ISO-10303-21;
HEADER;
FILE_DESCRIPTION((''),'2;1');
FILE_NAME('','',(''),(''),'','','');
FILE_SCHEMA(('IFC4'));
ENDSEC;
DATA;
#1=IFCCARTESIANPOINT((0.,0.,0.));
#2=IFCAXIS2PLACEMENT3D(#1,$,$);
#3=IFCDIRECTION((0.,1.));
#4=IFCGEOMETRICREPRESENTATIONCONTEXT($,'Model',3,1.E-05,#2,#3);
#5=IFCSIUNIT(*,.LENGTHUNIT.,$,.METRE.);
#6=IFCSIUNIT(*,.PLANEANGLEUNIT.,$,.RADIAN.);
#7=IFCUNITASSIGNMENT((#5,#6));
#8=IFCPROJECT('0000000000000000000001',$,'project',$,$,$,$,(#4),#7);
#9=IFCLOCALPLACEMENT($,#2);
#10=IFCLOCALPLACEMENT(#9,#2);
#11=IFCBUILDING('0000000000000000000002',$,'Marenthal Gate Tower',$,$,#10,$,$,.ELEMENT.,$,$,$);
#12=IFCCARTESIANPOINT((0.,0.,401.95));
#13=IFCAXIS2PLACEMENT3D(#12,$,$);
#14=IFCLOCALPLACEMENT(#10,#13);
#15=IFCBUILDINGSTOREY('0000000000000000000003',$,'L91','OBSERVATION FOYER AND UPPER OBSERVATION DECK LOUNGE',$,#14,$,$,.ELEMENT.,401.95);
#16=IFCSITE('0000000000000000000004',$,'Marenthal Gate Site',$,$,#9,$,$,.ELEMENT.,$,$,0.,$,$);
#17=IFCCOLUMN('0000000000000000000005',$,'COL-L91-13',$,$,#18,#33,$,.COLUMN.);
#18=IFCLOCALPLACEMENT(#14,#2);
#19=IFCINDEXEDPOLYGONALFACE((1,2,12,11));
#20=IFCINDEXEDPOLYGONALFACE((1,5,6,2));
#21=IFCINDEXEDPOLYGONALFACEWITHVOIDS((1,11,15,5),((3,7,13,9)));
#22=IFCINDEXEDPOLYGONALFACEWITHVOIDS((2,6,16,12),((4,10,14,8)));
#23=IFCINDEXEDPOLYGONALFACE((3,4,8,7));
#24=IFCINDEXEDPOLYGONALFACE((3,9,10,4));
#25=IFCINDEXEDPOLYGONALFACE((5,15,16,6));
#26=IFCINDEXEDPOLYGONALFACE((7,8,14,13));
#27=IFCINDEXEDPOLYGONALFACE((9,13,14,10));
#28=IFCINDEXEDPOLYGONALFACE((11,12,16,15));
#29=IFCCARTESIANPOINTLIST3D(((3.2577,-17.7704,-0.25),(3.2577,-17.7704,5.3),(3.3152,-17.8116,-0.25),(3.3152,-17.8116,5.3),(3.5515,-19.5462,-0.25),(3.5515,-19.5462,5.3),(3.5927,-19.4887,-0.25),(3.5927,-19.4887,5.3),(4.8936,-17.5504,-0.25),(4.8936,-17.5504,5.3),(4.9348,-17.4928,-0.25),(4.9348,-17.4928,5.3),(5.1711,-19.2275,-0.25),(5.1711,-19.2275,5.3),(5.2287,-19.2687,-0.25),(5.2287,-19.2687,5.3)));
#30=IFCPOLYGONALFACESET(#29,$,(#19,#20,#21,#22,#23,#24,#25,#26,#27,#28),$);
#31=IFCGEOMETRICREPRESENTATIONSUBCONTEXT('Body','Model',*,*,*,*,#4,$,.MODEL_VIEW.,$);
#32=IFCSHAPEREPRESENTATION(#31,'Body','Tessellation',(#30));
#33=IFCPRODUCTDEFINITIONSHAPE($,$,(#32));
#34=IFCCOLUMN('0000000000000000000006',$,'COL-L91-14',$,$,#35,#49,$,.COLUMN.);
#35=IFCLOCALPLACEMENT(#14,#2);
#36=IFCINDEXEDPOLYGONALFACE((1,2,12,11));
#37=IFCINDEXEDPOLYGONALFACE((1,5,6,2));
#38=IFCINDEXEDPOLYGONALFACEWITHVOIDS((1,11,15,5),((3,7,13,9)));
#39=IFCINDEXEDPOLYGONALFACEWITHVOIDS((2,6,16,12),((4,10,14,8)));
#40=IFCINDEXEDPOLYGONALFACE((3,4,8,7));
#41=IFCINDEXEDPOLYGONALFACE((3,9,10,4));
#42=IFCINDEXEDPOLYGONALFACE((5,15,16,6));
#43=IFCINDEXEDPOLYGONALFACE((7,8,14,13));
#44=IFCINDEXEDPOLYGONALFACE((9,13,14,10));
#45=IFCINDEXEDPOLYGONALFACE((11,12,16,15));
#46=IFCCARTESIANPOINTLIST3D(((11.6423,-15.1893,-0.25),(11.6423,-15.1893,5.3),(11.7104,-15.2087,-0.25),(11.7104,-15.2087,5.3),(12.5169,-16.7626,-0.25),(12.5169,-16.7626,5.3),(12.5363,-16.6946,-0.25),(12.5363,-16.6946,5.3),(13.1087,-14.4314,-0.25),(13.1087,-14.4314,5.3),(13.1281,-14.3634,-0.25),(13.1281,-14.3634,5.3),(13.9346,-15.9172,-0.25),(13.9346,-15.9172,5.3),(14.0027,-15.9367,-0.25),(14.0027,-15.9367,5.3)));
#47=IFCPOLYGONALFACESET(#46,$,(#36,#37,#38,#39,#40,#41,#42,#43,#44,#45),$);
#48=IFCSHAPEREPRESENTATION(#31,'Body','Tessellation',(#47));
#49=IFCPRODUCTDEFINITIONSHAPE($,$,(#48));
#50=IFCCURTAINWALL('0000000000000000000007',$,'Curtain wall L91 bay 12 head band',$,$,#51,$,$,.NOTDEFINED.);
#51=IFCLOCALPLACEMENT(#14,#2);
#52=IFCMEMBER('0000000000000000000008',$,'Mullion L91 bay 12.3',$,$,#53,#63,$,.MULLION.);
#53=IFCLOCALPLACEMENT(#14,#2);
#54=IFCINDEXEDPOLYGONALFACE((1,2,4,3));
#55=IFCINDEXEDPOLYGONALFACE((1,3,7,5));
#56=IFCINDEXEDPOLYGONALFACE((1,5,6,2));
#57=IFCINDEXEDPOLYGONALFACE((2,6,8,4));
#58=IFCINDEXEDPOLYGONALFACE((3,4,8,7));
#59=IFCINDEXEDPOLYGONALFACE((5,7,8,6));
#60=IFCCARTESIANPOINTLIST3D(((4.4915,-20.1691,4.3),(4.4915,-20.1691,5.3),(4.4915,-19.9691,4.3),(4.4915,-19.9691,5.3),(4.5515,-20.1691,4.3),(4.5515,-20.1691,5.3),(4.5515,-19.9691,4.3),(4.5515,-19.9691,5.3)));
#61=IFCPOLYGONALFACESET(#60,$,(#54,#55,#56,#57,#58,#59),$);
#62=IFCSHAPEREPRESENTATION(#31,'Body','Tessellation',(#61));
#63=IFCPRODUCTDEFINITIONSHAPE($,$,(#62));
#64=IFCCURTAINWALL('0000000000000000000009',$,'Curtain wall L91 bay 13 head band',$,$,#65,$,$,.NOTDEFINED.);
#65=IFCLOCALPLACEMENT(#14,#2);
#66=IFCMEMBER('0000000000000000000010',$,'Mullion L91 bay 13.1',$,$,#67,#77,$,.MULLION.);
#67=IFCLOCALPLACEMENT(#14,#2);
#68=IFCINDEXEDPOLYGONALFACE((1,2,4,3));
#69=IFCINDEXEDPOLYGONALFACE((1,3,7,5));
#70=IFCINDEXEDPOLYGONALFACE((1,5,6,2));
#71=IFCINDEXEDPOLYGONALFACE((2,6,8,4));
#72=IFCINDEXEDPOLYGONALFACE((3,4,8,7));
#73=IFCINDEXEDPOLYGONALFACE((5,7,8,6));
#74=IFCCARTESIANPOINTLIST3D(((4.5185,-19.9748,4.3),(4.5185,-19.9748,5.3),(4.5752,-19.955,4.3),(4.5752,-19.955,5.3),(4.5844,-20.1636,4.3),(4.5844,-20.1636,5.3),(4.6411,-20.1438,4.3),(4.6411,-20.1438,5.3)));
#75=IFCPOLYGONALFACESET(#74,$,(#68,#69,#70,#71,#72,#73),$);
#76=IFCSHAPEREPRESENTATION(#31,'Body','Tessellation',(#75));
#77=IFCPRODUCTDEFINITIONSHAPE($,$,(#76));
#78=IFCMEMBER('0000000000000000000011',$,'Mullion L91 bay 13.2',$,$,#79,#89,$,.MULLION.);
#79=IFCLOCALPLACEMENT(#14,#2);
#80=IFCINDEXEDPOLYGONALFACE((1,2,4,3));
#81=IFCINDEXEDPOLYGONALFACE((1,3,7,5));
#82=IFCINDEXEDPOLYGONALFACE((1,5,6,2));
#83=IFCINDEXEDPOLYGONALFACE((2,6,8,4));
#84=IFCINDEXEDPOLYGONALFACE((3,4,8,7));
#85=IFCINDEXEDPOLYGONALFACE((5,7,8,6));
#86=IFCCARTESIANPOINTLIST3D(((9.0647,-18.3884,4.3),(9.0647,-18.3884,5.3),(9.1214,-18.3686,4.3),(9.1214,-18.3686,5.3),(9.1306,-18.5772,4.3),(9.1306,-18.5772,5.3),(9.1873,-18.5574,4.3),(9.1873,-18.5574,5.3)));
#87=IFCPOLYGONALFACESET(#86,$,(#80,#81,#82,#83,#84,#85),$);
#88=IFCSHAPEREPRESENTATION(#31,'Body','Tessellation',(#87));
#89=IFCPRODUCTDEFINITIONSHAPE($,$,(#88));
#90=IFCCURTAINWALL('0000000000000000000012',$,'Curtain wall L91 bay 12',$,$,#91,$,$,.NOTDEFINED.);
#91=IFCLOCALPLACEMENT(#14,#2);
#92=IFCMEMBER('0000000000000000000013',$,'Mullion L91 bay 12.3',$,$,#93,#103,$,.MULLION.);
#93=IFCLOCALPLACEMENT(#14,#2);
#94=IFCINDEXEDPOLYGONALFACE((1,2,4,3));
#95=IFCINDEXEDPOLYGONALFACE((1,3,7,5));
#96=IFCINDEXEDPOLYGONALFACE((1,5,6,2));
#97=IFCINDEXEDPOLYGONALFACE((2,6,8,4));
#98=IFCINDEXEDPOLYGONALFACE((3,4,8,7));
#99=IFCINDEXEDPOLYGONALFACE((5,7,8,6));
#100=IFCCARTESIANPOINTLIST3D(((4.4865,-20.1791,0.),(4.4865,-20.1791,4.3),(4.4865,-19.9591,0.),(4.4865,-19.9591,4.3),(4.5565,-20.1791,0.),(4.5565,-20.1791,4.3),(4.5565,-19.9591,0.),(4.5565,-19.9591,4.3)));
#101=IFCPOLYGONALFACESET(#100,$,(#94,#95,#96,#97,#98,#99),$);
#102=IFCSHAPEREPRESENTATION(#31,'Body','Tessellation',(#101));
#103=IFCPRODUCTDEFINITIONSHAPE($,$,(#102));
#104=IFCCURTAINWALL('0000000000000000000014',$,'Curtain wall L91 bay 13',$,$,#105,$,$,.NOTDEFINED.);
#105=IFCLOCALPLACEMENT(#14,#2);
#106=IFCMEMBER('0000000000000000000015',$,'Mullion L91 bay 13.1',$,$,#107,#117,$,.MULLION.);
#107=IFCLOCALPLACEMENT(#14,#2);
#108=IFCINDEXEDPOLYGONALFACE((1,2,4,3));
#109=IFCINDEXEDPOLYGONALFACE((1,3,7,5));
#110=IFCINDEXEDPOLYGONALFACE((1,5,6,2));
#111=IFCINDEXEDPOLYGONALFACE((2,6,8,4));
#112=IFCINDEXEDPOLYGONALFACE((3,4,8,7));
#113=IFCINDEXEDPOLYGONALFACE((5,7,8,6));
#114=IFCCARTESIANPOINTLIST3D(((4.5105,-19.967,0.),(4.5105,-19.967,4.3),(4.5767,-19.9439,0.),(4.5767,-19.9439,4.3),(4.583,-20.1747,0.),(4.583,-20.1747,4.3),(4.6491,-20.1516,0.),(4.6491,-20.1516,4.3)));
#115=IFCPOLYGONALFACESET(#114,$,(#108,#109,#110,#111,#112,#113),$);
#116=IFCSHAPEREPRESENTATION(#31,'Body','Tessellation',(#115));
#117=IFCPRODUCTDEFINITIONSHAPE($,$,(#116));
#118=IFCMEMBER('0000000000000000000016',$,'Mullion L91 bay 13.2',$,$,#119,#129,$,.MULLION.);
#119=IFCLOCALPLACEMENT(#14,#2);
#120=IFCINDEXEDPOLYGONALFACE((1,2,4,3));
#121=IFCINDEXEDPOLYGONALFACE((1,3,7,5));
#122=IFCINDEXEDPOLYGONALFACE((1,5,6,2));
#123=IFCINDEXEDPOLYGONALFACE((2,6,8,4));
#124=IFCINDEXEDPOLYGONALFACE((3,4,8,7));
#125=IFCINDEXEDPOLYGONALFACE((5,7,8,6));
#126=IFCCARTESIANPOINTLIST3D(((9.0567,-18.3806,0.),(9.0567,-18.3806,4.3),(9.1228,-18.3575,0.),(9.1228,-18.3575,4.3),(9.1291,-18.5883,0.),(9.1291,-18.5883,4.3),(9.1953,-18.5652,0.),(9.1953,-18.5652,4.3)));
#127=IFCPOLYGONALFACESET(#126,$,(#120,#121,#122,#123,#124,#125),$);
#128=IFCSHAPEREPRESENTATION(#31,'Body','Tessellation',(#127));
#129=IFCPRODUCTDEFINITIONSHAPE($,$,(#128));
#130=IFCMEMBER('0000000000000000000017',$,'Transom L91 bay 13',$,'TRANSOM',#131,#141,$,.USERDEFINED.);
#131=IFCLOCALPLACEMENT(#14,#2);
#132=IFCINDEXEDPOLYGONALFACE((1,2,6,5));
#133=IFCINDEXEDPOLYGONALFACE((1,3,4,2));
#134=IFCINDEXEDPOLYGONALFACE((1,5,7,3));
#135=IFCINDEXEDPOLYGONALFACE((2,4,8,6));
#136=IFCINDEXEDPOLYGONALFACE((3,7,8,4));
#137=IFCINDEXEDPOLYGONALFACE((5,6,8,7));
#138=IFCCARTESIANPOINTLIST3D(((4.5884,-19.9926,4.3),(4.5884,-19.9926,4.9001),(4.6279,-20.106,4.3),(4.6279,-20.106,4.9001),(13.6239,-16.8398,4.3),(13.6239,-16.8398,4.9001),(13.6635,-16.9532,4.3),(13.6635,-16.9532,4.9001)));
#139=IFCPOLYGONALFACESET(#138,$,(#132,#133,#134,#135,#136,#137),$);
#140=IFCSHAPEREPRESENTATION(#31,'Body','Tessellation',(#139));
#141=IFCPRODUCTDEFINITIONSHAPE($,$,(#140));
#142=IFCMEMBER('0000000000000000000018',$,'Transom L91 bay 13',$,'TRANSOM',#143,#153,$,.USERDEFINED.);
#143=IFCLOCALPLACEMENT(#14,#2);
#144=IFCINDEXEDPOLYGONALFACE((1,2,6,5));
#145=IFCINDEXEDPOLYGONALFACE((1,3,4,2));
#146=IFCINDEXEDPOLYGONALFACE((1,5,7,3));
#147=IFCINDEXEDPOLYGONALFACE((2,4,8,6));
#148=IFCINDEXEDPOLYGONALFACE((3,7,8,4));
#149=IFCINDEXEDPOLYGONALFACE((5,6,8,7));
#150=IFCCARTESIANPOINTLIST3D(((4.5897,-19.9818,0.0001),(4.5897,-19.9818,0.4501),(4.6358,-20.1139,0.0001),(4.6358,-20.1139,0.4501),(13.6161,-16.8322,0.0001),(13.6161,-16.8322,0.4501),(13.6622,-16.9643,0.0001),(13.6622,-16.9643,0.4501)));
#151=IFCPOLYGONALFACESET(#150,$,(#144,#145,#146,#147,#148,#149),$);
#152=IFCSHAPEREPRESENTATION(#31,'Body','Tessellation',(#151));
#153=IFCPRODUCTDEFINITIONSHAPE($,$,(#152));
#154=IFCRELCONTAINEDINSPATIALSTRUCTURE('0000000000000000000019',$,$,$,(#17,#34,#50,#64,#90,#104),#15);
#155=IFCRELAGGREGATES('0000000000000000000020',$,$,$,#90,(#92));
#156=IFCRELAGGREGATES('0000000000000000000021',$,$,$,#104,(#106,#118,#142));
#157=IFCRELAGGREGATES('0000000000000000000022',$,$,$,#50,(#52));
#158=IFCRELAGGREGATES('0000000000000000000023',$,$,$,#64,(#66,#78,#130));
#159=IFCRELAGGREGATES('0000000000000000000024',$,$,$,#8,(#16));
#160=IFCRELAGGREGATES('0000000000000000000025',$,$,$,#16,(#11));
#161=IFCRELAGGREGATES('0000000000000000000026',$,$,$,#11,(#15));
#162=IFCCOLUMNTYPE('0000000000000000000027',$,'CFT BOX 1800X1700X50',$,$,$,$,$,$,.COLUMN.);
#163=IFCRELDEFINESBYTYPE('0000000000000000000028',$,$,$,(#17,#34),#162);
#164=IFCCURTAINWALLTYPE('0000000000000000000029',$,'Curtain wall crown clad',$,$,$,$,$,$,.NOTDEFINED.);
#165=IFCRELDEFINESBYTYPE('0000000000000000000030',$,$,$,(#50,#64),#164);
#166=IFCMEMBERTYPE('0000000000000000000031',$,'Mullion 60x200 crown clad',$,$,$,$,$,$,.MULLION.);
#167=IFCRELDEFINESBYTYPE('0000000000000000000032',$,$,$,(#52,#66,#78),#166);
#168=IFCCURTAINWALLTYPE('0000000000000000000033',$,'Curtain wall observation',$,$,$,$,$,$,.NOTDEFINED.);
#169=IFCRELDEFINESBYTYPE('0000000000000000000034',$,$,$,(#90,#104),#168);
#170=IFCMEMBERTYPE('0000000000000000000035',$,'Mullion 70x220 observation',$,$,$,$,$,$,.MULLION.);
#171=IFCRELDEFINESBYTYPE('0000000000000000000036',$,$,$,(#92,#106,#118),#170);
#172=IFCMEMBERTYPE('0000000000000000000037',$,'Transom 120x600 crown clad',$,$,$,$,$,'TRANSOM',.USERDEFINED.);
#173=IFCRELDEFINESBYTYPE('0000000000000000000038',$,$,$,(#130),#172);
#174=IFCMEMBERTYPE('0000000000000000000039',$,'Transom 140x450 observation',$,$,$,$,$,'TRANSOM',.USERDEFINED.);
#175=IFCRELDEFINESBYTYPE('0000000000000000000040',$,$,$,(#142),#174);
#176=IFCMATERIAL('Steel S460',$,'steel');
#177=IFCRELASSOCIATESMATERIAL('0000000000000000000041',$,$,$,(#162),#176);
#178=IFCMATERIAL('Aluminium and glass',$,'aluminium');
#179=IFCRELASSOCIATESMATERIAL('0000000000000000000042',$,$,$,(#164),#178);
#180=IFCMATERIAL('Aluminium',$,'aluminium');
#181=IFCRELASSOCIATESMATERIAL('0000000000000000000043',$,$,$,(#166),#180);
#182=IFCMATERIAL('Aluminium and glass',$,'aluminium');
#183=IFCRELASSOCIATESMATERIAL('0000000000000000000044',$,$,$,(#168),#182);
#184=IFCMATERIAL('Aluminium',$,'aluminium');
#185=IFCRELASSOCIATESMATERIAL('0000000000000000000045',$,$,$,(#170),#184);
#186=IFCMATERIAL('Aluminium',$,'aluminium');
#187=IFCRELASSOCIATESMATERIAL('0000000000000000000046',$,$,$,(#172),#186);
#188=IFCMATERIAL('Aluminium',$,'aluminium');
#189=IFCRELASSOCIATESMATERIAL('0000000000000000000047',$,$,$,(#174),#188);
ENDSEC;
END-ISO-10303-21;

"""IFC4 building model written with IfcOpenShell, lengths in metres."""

from ifc_helpers import new_model, si_unit, direction, frame, origin, origin_2d, place, context, subcontext, project, spatial, rectangle, hollow_rectangle, extrude, material, material_profile, profile_set, type_object, element, aggregate, save


model = new_model("IFC4")

# Units and contexts
model_context = context("Model", 3, precision=1e-05, world=origin(), true_north=direction((0.0, 1.0)))
body_context = subcontext(model_context, "Body", "Model", "MODEL_VIEW")
ifc_project = project(units=[si_unit("LENGTHUNIT", "METRE"), si_unit("PLANEANGLEUNIT", "RADIAN")], contexts=[model_context])

# Site, building, storey
site_placement = place(None, origin())
site = spatial("IfcSite", under=ifc_project, at=site_placement, Name="Marenthal Gate Site", CompositionType="ELEMENT", RefElevation=0.0)
building_placement = place(site_placement, origin())
building = spatial("IfcBuilding", under=site, at=building_placement, Name="Marenthal Gate Tower", CompositionType="ELEMENT")
storey_placement = place(building_placement, frame((0.0, 0.0, 401.95)))
storey = spatial("IfcBuildingStorey", under=building, at=storey_placement, Name="L91", Description="OBSERVATION FOYER AND UPPER OBSERVATION DECK LOUNGE", CompositionType="ELEMENT", Elevation=401.95)

# Columns
ifc_material_1 = material(Name="Steel S460", Category="steel")
ifc_material_profile_1 = material_profile(ifc_material_1, hollow_rectangle(XDim=1.7, YDim=1.8, WallThickness=0.05, at=origin_2d()), Name="CFT BOX 1800X1700X50")
ifc_material_2 = material(Name="Concrete 70 MPa", Category="concrete")
ifc_material_profile_2 = material_profile(ifc_material_2, rectangle(XDim=1.6001, YDim=1.7, at=origin_2d()), Name="CFT BOX 1800X1700X50 INFILL")
ifc_profile_set_1 = profile_set([ifc_material_profile_1, ifc_material_profile_2], Name="Steel S460 shell, Concrete 70 MPa infill")
column_type = type_object("IfcColumnType", Name="CFT BOX 1800X1700X50", PredefinedType="COLUMN", material=ifc_profile_set_1)
for number, where, z_axis, x_axis, name in (
    (1, (4.2432, -18.5195, -0.25), (0.0, 0.0, 1.0), (-0.986583, -0.163262, 0.0), "COL-L91-13"),
    (2, (12.8225, -15.563, -0.25), (0.0, 0.0, 1.0), (-0.874037, -0.48586, 0.0), "COL-L91-14"),
):
    element("IfcColumn", number, at=place(storey_placement, frame(where, z_axis=z_axis, x_axis=x_axis)), inside=storey, type_object=column_type, Name=name, PredefinedType="COLUMN", context=body_context, shape_type="SweptSolid", body=[
        extrude(hollow_rectangle(XDim=1.7, YDim=1.8, WallThickness=0.05, at=origin_2d()), origin(), (0.0, 0.0, 1.0), 5.55),
    ])

# Curtain wall, member
ifc_material_3 = material(Name="Aluminium and glass", Category="aluminium")
curtain_wall_type_1 = type_object("IfcCurtainWallType", Name="Curtain wall crown clad", PredefinedType="NOTDEFINED", material=ifc_material_3)
curtain_wall_1_placement = place(storey_placement, origin())
curtain_wall_1 = element("IfcCurtainWall", 3, at=curtain_wall_1_placement, inside=storey, type_object=curtain_wall_type_1, Name="Curtain wall L91 bay 12 head band", PredefinedType="NOTDEFINED")
ifc_material_4 = material(Name="Aluminium", Category="aluminium")
ifc_material_profile_3 = material_profile(ifc_material_4, rectangle(XDim=0.2, YDim=0.0601, at=origin_2d()), Name="60x200 aluminium mullion")
ifc_profile_set_2 = profile_set([ifc_material_profile_3], Name="Aluminium")
member_type_1 = type_object("IfcMemberType", Name="Mullion 60x200 crown clad", PredefinedType="MULLION", material=ifc_profile_set_2)
member_1_placement = place(storey_placement, frame((4.5215, -20.0691, 4.3), z_axis=(0.0, 0.0, 1.0), x_axis=(0.0, 1.0, 0.0)))
member_1 = element("IfcMember", 4, at=member_1_placement, type_object=member_type_1, Name="Mullion L91 bay 12.3", PredefinedType="MULLION", context=body_context, shape_type="SweptSolid", body=[
    extrude(rectangle(XDim=0.2, YDim=0.0601, at=origin_2d()), origin(), (0.0, 0.0, 1.0), 1.0),
])

# Curtain wall, members
curtain_wall_2_placement = place(storey_placement, origin())
curtain_wall_2 = element("IfcCurtainWall", 5, at=curtain_wall_2_placement, inside=storey, type_object=curtain_wall_type_1, Name="Curtain wall L91 bay 13 head band", PredefinedType="NOTDEFINED")
member_2_placement = place(storey_placement, frame((4.5798, -20.0593, 4.3), z_axis=(0.0, 0.0, 1.0), x_axis=(-0.329454, 0.944172, 0.0)))
member_2 = element("IfcMember", 6, at=member_2_placement, type_object=member_type_1, Name="Mullion L91 bay 13.1", PredefinedType="MULLION", context=body_context, shape_type="SweptSolid", body=[
    extrude(rectangle(XDim=0.2, YDim=0.0601, at=origin_2d()), origin(), (0.0, 0.0, 1.0), 1.0),
])
member_3_placement = place(storey_placement, frame((9.126, -18.4729, 4.3), z_axis=(0.0, 0.0, 1.0), x_axis=(-0.329454, 0.944172, 0.0)))
member_3 = element("IfcMember", 7, at=member_3_placement, type_object=member_type_1, Name="Mullion L91 bay 13.2", PredefinedType="MULLION", context=body_context, shape_type="SweptSolid", body=[
    extrude(rectangle(XDim=0.2, YDim=0.0601, at=origin_2d()), origin(), (0.0, 0.0, 1.0), 1.0),
])

# Curtain wall, member
ifc_material_5 = material(Name="Aluminium and glass", Category="aluminium")
curtain_wall_type_2 = type_object("IfcCurtainWallType", Name="Curtain wall observation", PredefinedType="NOTDEFINED", material=ifc_material_5)
curtain_wall_3_placement = place(storey_placement, origin())
curtain_wall_3 = element("IfcCurtainWall", 8, at=curtain_wall_3_placement, inside=storey, type_object=curtain_wall_type_2, Name="Curtain wall L91 bay 12", PredefinedType="NOTDEFINED")
ifc_material_6 = material(Name="Aluminium", Category="aluminium")
ifc_material_profile_4 = material_profile(ifc_material_6, rectangle(XDim=0.22, YDim=0.0701, at=origin_2d()), Name="70x220 aluminium mullion")
ifc_profile_set_3 = profile_set([ifc_material_profile_4], Name="Aluminium")
member_type_2 = type_object("IfcMemberType", Name="Mullion 70x220 observation", PredefinedType="MULLION", material=ifc_profile_set_3)
member_4_placement = place(storey_placement, frame((4.5215, -20.0691, 0.0), z_axis=(0.0, 0.0, 1.0), x_axis=(0.0, 1.0, 0.0)))
member_4 = element("IfcMember", 9, at=member_4_placement, type_object=member_type_2, Name="Mullion L91 bay 12.3", PredefinedType="MULLION", context=body_context, shape_type="SweptSolid", body=[
    extrude(rectangle(XDim=0.22, YDim=0.0701, at=origin_2d()), origin(), (0.0, 0.0, 1.0), 4.3),
])

# Curtain wall, members
curtain_wall_4_placement = place(storey_placement, origin())
curtain_wall_4 = element("IfcCurtainWall", 10, at=curtain_wall_4_placement, inside=storey, type_object=curtain_wall_type_2, Name="Curtain wall L91 bay 13", PredefinedType="NOTDEFINED")
member_5_placement = place(storey_placement, frame((4.5798, -20.0593, 0.0), z_axis=(0.0, 0.0, 1.0), x_axis=(-0.329454, 0.944172, 0.0)))
member_5 = element("IfcMember", 11, at=member_5_placement, type_object=member_type_2, Name="Mullion L91 bay 13.1", PredefinedType="MULLION", context=body_context, shape_type="SweptSolid", body=[
    extrude(rectangle(XDim=0.22, YDim=0.0701, at=origin_2d()), origin(), (0.0, 0.0, 1.0), 4.3),
])
member_6_placement = place(storey_placement, frame((9.126, -18.4729, 0.0), z_axis=(0.0, 0.0, 1.0), x_axis=(-0.329454, 0.944172, 0.0)))
member_6 = element("IfcMember", 12, at=member_6_placement, type_object=member_type_2, Name="Mullion L91 bay 13.2", PredefinedType="MULLION", context=body_context, shape_type="SweptSolid", body=[
    extrude(rectangle(XDim=0.22, YDim=0.0701, at=origin_2d()), origin(), (0.0, 0.0, 1.0), 4.3),
])

# Members
ifc_material_7 = material(Name="Aluminium", Category="aluminium")
ifc_material_profile_5 = material_profile(ifc_material_7, rectangle(XDim=0.1201, YDim=0.6001, at=origin_2d()), Name="120x600 aluminium transom")
ifc_profile_set_4 = profile_set([ifc_material_profile_5], Name="Aluminium")
member_type_3 = type_object("IfcMemberType", Name="Transom 120x600 crown clad", ElementType="TRANSOM", PredefinedType="USERDEFINED", material=ifc_profile_set_4)
member_7_placement = place(storey_placement, frame((4.6082, -20.0493, 4.6001), z_axis=(0.944172, 0.329453, 0.0), x_axis=(-0.329453, 0.944172, 0.0)))
member_7 = element("IfcMember", 13, at=member_7_placement, type_object=member_type_3, Name="Transom L91 bay 13", ObjectType="TRANSOM", PredefinedType="USERDEFINED", context=body_context, shape_type="SweptSolid", body=[
    extrude(rectangle(XDim=0.1201, YDim=0.6001, at=origin_2d()), origin(), (0.0, 0.0, 1.0), 9.5698),
])
ifc_material_8 = material(Name="Aluminium", Category="aluminium")
ifc_material_profile_6 = material_profile(ifc_material_8, rectangle(XDim=0.1399, YDim=0.45, at=origin_2d()), Name="140x450 aluminium transom")
ifc_profile_set_5 = profile_set([ifc_material_profile_6], Name="Aluminium")
member_type_4 = type_object("IfcMemberType", Name="Transom 140x450 observation", ElementType="TRANSOM", PredefinedType="USERDEFINED", material=ifc_profile_set_5)
member_8_placement = place(storey_placement, frame((4.6128, -20.0479, 0.2251), z_axis=(0.94417, 0.329458, 0.0), x_axis=(-0.329458, 0.94417, 0.0)))
member_8 = element("IfcMember", 14, at=member_8_placement, type_object=member_type_4, Name="Transom L91 bay 13", ObjectType="TRANSOM", PredefinedType="USERDEFINED", context=body_context, shape_type="SweptSolid", body=[
    extrude(rectangle(XDim=0.1399, YDim=0.45, at=origin_2d()), origin(), (0.0, 0.0, 1.0), 9.5601),
])

aggregate(curtain_wall_3, [member_4])
aggregate(curtain_wall_4, [member_5, member_6, member_8])
aggregate(curtain_wall_1, [member_1])
aggregate(curtain_wall_2, [member_2, member_3, member_7])

save(model, "model.ifc")
